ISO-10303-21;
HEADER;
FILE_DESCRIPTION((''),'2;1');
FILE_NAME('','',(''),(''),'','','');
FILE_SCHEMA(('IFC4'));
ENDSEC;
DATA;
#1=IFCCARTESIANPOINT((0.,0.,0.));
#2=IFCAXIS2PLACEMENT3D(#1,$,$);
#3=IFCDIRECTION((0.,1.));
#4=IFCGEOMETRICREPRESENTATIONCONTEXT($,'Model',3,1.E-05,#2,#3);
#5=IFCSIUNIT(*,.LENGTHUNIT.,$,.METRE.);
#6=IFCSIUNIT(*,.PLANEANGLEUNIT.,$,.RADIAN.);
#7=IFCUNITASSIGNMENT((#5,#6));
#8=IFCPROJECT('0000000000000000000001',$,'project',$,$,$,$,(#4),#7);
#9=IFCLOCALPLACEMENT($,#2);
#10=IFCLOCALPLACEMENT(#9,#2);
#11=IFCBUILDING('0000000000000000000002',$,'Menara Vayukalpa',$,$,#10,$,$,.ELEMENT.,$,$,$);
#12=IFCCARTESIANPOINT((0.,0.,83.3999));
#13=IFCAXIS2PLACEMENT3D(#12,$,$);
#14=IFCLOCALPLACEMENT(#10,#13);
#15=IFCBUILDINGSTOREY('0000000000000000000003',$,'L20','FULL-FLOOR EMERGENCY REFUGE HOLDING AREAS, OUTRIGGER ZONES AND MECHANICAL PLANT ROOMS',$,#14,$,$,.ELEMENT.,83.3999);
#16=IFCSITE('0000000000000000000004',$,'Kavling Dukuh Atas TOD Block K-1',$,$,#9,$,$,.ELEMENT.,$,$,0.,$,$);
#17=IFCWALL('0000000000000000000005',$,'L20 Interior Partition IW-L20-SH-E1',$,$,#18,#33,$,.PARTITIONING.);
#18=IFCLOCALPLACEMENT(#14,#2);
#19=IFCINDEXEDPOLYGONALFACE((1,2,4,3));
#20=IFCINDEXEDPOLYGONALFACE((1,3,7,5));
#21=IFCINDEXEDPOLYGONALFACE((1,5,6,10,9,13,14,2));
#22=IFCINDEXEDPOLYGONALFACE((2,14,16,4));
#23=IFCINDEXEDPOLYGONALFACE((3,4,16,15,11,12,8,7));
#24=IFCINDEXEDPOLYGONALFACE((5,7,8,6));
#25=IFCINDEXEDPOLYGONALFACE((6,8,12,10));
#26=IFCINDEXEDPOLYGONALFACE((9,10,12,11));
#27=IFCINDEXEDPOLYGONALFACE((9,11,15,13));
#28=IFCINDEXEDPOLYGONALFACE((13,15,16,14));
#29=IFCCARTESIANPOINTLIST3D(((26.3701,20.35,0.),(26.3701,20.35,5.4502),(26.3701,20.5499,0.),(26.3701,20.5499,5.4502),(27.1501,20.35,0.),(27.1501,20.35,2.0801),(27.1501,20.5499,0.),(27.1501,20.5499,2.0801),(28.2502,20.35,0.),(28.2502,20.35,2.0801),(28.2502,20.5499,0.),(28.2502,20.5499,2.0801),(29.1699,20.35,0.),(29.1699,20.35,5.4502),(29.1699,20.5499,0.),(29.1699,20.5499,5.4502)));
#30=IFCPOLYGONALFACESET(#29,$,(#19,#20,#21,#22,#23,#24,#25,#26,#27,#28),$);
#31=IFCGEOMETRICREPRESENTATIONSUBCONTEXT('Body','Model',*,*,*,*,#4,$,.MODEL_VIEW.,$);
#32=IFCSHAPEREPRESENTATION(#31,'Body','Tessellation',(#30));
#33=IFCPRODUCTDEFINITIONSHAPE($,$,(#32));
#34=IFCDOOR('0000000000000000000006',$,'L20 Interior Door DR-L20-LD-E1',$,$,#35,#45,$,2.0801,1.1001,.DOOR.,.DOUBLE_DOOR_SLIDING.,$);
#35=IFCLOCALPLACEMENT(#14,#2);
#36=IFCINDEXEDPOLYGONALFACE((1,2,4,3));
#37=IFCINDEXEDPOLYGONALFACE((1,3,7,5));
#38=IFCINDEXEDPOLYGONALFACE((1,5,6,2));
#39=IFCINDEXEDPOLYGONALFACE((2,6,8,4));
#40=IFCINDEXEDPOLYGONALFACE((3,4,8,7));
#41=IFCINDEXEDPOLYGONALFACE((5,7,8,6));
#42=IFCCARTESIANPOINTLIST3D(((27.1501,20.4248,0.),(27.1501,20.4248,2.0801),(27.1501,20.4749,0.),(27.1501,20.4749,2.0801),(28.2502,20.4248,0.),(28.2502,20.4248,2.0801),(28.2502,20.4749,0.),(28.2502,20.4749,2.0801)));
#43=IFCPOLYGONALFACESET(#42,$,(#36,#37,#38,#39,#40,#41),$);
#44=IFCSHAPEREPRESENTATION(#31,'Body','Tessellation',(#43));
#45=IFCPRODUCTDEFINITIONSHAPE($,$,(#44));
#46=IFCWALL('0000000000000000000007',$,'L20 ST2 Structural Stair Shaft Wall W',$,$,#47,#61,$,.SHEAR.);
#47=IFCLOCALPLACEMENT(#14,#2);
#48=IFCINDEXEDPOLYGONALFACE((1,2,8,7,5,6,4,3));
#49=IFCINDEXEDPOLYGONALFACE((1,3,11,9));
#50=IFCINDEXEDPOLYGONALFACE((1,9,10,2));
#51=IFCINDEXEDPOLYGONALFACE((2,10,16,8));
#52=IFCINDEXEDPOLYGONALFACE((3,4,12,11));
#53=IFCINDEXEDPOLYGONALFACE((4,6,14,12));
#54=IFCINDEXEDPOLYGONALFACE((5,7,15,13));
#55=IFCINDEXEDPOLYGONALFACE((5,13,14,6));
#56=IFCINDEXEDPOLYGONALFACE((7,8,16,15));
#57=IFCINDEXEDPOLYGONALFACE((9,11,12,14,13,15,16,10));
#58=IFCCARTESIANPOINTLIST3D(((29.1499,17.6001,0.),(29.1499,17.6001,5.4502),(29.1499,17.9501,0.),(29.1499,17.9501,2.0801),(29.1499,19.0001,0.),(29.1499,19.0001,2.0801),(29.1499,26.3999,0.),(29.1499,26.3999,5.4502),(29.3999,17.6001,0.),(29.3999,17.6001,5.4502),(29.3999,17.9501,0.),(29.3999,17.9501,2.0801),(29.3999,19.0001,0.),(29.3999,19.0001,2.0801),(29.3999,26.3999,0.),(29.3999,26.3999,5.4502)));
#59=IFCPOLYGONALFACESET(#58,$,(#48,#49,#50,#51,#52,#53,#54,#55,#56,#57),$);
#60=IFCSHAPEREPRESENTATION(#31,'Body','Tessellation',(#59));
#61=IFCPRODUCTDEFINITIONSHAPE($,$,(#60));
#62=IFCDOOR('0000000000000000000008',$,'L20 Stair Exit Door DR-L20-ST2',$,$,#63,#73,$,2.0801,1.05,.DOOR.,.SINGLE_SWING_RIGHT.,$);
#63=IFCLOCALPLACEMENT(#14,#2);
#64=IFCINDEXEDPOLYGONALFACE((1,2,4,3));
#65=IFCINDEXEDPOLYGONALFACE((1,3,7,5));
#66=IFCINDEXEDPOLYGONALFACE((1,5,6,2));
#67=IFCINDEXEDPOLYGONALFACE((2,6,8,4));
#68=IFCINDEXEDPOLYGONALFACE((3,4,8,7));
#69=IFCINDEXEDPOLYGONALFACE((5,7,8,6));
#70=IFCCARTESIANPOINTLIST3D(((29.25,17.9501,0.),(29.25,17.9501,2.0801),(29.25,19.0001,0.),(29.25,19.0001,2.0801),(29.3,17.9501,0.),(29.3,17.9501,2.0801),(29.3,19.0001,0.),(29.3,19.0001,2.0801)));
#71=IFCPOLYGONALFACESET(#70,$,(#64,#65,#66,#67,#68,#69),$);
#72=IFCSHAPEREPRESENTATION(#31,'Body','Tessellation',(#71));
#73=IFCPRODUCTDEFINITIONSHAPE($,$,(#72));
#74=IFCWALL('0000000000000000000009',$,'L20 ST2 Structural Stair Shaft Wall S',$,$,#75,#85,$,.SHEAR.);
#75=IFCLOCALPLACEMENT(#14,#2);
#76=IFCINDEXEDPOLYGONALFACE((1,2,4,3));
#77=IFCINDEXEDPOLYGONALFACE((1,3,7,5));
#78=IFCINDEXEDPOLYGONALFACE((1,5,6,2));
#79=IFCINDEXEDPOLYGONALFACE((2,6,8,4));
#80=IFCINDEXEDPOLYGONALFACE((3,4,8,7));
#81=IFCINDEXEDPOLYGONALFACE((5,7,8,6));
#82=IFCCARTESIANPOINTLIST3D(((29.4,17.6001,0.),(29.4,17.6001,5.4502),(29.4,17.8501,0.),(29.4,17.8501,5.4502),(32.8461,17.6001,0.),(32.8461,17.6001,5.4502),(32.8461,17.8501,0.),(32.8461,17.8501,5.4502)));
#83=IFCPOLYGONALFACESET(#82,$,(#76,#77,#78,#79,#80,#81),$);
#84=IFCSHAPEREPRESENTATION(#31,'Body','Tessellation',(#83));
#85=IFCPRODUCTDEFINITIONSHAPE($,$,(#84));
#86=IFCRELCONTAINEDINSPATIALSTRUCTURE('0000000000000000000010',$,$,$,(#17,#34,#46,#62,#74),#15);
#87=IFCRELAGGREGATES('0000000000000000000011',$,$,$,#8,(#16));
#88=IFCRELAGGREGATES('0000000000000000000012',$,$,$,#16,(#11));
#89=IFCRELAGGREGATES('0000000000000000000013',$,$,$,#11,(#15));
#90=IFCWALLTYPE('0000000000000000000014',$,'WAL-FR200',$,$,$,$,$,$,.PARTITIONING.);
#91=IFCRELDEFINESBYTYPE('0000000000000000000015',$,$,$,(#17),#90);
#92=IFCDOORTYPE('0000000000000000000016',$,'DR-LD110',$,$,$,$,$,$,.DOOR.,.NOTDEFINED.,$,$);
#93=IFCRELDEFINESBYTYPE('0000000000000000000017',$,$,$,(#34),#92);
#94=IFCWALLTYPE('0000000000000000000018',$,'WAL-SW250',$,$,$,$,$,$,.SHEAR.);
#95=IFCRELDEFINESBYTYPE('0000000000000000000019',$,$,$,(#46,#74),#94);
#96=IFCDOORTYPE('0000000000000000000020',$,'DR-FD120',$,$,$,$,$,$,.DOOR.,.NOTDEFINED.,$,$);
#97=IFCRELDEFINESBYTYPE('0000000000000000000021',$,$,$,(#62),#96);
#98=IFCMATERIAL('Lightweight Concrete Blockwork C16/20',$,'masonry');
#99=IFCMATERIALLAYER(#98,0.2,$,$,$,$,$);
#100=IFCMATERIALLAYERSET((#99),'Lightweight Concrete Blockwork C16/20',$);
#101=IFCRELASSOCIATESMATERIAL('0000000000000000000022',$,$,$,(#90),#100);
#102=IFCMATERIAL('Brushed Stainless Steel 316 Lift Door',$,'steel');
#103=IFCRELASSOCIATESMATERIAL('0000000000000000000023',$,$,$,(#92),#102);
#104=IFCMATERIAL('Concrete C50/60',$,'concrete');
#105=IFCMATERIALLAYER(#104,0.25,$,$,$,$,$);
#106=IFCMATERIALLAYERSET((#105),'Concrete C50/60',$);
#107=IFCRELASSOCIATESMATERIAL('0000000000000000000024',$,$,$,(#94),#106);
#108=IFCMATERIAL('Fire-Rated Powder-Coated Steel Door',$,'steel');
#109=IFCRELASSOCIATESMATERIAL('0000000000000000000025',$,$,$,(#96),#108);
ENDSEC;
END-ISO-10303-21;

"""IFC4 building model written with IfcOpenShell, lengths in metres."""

from ifc_helpers import new_model, si_unit, direction, frame, frame_2d, origin, place, context, subcontext, project, spatial, rectangle, extrude, material, layer, layer_set, type_object, element, fill, save


model = new_model("IFC4")

# Units and contexts
model_context = context("Model", 3, precision=1e-05, world=origin(), true_north=direction((0.0, 1.0)))
body_context = subcontext(model_context, "Body", "Model", "MODEL_VIEW")
ifc_project = project(units=[si_unit("LENGTHUNIT", "METRE"), si_unit("PLANEANGLEUNIT", "RADIAN")], contexts=[model_context])

# Site, building, storey
site_placement = place(None, origin())
site = spatial("IfcSite", under=ifc_project, at=site_placement, Name="Kavling Dukuh Atas TOD Block K-1", CompositionType="ELEMENT", RefElevation=0.0)
building_placement = place(site_placement, origin())
building = spatial("IfcBuilding", under=site, at=building_placement, Name="Menara Vayukalpa", CompositionType="ELEMENT")
storey_placement = place(building_placement, frame((0.0, 0.0, 83.3999)))
storey = spatial("IfcBuildingStorey", under=building, at=storey_placement, Name="L20", Description="FULL-FLOOR EMERGENCY REFUGE HOLDING AREAS, OUTRIGGER ZONES AND MECHANICAL PLANT ROOMS", CompositionType="ELEMENT", Elevation=83.3999)

# Walls, openings, doors
ifc_material_1 = material(Name="Lightweight Concrete Blockwork C16/20", Category="masonry")
ifc_layer_1 = layer(ifc_material_1, 0.2)
ifc_layer_set_1 = layer_set([ifc_layer_1], Name="Lightweight Concrete Blockwork C16/20")
wall_type_1 = type_object("IfcWallType", Name="WAL-FR200", PredefinedType="PARTITIONING", material=ifc_layer_set_1)
wall_1_placement = place(storey_placement, frame((26.3701, 20.45, 0.0), z_axis=(0.0, 0.0, 1.0), x_axis=(1.0, 0.0, 0.0)))
wall_1 = element("IfcWall", 1, at=wall_1_placement, inside=storey, type_object=wall_type_1, Name="L20 Interior Partition IW-L20-SH-E1", PredefinedType="PARTITIONING", context=body_context, shape_type="SweptSolid", body=[
    extrude(rectangle(XDim=2.7998, YDim=0.2, at=frame_2d((1.3999, 0.0))), origin(), (0.0, 0.0, 1.0), 5.4502),
])
opening_1_placement = place(wall_1_placement, frame((0.78, 0.0, 0.0)))
opening_1 = element("IfcOpeningElement", 2, at=opening_1_placement, cuts=wall_1, PredefinedType="OPENING", context=body_context, shape_type="SweptSolid", body=[
    extrude(rectangle(XDim=1.1001, YDim=2.0801, at=frame_2d((0.55, 1.04))), frame((0.0, 0.1099, 0.0), z_axis=(0.0, -1.0, 0.0), x_axis=(1.0, 0.0, 0.0)), (0.0, 0.0, 1.0), 0.22),
])
ifc_material_2 = material(Name="Brushed Stainless Steel 316 Lift Door", Category="steel")
door_type_1 = type_object("IfcDoorType", Name="DR-LD110", OperationType="NOTDEFINED", PredefinedType="DOOR", material=ifc_material_2)
door_1_placement = place(opening_1_placement, origin())
door_1 = element("IfcDoor", 3, at=door_1_placement, inside=storey, type_object=door_type_1, Name="L20 Interior Door DR-L20-LD-E1", OperationType="DOUBLE_DOOR_SLIDING", OverallHeight=2.0801, OverallWidth=1.1001, PredefinedType="DOOR", context=body_context, shape_type="SweptSolid", body=[
    extrude(rectangle(XDim=1.1001, YDim=2.0801, at=frame_2d((0.55, 1.04))), frame((0.0, 0.0249, 0.0), z_axis=(0.0, -1.0, 0.0), x_axis=(1.0, 0.0, 0.0)), (0.0, 0.0, 1.0), 0.05),
])
fill(opening_1, door_1)
ifc_material_3 = material(Name="Concrete C50/60", Category="concrete")
ifc_layer_2 = layer(ifc_material_3, 0.25)
ifc_layer_set_2 = layer_set([ifc_layer_2], Name="Concrete C50/60")
wall_type_2 = type_object("IfcWallType", Name="WAL-SW250", PredefinedType="SHEAR", material=ifc_layer_set_2)
wall_2_placement = place(storey_placement, frame((29.2749, 17.6001, 0.0), z_axis=(0.0, 0.0, 1.0), x_axis=(0.0, 1.0, 0.0)))
wall_2 = element("IfcWall", 4, at=wall_2_placement, inside=storey, type_object=wall_type_2, Name="L20 ST2 Structural Stair Shaft Wall W", PredefinedType="SHEAR", context=body_context, shape_type="SweptSolid", body=[
    extrude(rectangle(XDim=8.7998, YDim=0.25, at=frame_2d((4.3999, 0.0))), origin(), (0.0, 0.0, 1.0), 5.4502),
])
opening_2_placement = place(wall_2_placement, frame((0.3501, 0.0, 0.0)))
opening_2 = element("IfcOpeningElement", 5, at=opening_2_placement, cuts=wall_2, PredefinedType="OPENING", context=body_context, shape_type="SweptSolid", body=[
    extrude(rectangle(XDim=1.05, YDim=2.0801, at=frame_2d((0.5249, 1.04))), frame((0.0, 0.135, 0.0), z_axis=(0.0, -1.0, 0.0), x_axis=(1.0, 0.0, 0.0)), (0.0, 0.0, 1.0), 0.27),
])
ifc_material_4 = material(Name="Fire-Rated Powder-Coated Steel Door", Category="steel")
door_type_2 = type_object("IfcDoorType", Name="DR-FD120", OperationType="NOTDEFINED", PredefinedType="DOOR", material=ifc_material_4)
door_2_placement = place(opening_2_placement, origin())
door_2 = element("IfcDoor", 6, at=door_2_placement, inside=storey, type_object=door_type_2, Name="L20 Stair Exit Door DR-L20-ST2", OperationType="SINGLE_SWING_RIGHT", OverallHeight=2.0801, OverallWidth=1.05, PredefinedType="DOOR", context=body_context, shape_type="SweptSolid", body=[
    extrude(rectangle(XDim=1.05, YDim=2.0801, at=frame_2d((0.5249, 1.04))), frame((0.0, 0.0249, 0.0), z_axis=(0.0, -1.0, 0.0), x_axis=(1.0, 0.0, 0.0)), (0.0, 0.0, 1.0), 0.05),
])
fill(opening_2, door_2)

# Wall
wall_3_placement = place(storey_placement, frame((29.3999, 17.7251, 0.0), z_axis=(0.0, 0.0, 1.0), x_axis=(1.0, 0.0, 0.0)))
element("IfcWall", 7, at=wall_3_placement, inside=storey, type_object=wall_type_2, Name="L20 ST2 Structural Stair Shaft Wall S", PredefinedType="SHEAR", context=body_context, shape_type="SweptSolid", body=[
    extrude(rectangle(XDim=3.446, YDim=0.25, at=frame_2d((1.7231, 0.0))), origin(), (0.0, 0.0, 1.0), 5.4502),
])

save(model, "model.ifc")
